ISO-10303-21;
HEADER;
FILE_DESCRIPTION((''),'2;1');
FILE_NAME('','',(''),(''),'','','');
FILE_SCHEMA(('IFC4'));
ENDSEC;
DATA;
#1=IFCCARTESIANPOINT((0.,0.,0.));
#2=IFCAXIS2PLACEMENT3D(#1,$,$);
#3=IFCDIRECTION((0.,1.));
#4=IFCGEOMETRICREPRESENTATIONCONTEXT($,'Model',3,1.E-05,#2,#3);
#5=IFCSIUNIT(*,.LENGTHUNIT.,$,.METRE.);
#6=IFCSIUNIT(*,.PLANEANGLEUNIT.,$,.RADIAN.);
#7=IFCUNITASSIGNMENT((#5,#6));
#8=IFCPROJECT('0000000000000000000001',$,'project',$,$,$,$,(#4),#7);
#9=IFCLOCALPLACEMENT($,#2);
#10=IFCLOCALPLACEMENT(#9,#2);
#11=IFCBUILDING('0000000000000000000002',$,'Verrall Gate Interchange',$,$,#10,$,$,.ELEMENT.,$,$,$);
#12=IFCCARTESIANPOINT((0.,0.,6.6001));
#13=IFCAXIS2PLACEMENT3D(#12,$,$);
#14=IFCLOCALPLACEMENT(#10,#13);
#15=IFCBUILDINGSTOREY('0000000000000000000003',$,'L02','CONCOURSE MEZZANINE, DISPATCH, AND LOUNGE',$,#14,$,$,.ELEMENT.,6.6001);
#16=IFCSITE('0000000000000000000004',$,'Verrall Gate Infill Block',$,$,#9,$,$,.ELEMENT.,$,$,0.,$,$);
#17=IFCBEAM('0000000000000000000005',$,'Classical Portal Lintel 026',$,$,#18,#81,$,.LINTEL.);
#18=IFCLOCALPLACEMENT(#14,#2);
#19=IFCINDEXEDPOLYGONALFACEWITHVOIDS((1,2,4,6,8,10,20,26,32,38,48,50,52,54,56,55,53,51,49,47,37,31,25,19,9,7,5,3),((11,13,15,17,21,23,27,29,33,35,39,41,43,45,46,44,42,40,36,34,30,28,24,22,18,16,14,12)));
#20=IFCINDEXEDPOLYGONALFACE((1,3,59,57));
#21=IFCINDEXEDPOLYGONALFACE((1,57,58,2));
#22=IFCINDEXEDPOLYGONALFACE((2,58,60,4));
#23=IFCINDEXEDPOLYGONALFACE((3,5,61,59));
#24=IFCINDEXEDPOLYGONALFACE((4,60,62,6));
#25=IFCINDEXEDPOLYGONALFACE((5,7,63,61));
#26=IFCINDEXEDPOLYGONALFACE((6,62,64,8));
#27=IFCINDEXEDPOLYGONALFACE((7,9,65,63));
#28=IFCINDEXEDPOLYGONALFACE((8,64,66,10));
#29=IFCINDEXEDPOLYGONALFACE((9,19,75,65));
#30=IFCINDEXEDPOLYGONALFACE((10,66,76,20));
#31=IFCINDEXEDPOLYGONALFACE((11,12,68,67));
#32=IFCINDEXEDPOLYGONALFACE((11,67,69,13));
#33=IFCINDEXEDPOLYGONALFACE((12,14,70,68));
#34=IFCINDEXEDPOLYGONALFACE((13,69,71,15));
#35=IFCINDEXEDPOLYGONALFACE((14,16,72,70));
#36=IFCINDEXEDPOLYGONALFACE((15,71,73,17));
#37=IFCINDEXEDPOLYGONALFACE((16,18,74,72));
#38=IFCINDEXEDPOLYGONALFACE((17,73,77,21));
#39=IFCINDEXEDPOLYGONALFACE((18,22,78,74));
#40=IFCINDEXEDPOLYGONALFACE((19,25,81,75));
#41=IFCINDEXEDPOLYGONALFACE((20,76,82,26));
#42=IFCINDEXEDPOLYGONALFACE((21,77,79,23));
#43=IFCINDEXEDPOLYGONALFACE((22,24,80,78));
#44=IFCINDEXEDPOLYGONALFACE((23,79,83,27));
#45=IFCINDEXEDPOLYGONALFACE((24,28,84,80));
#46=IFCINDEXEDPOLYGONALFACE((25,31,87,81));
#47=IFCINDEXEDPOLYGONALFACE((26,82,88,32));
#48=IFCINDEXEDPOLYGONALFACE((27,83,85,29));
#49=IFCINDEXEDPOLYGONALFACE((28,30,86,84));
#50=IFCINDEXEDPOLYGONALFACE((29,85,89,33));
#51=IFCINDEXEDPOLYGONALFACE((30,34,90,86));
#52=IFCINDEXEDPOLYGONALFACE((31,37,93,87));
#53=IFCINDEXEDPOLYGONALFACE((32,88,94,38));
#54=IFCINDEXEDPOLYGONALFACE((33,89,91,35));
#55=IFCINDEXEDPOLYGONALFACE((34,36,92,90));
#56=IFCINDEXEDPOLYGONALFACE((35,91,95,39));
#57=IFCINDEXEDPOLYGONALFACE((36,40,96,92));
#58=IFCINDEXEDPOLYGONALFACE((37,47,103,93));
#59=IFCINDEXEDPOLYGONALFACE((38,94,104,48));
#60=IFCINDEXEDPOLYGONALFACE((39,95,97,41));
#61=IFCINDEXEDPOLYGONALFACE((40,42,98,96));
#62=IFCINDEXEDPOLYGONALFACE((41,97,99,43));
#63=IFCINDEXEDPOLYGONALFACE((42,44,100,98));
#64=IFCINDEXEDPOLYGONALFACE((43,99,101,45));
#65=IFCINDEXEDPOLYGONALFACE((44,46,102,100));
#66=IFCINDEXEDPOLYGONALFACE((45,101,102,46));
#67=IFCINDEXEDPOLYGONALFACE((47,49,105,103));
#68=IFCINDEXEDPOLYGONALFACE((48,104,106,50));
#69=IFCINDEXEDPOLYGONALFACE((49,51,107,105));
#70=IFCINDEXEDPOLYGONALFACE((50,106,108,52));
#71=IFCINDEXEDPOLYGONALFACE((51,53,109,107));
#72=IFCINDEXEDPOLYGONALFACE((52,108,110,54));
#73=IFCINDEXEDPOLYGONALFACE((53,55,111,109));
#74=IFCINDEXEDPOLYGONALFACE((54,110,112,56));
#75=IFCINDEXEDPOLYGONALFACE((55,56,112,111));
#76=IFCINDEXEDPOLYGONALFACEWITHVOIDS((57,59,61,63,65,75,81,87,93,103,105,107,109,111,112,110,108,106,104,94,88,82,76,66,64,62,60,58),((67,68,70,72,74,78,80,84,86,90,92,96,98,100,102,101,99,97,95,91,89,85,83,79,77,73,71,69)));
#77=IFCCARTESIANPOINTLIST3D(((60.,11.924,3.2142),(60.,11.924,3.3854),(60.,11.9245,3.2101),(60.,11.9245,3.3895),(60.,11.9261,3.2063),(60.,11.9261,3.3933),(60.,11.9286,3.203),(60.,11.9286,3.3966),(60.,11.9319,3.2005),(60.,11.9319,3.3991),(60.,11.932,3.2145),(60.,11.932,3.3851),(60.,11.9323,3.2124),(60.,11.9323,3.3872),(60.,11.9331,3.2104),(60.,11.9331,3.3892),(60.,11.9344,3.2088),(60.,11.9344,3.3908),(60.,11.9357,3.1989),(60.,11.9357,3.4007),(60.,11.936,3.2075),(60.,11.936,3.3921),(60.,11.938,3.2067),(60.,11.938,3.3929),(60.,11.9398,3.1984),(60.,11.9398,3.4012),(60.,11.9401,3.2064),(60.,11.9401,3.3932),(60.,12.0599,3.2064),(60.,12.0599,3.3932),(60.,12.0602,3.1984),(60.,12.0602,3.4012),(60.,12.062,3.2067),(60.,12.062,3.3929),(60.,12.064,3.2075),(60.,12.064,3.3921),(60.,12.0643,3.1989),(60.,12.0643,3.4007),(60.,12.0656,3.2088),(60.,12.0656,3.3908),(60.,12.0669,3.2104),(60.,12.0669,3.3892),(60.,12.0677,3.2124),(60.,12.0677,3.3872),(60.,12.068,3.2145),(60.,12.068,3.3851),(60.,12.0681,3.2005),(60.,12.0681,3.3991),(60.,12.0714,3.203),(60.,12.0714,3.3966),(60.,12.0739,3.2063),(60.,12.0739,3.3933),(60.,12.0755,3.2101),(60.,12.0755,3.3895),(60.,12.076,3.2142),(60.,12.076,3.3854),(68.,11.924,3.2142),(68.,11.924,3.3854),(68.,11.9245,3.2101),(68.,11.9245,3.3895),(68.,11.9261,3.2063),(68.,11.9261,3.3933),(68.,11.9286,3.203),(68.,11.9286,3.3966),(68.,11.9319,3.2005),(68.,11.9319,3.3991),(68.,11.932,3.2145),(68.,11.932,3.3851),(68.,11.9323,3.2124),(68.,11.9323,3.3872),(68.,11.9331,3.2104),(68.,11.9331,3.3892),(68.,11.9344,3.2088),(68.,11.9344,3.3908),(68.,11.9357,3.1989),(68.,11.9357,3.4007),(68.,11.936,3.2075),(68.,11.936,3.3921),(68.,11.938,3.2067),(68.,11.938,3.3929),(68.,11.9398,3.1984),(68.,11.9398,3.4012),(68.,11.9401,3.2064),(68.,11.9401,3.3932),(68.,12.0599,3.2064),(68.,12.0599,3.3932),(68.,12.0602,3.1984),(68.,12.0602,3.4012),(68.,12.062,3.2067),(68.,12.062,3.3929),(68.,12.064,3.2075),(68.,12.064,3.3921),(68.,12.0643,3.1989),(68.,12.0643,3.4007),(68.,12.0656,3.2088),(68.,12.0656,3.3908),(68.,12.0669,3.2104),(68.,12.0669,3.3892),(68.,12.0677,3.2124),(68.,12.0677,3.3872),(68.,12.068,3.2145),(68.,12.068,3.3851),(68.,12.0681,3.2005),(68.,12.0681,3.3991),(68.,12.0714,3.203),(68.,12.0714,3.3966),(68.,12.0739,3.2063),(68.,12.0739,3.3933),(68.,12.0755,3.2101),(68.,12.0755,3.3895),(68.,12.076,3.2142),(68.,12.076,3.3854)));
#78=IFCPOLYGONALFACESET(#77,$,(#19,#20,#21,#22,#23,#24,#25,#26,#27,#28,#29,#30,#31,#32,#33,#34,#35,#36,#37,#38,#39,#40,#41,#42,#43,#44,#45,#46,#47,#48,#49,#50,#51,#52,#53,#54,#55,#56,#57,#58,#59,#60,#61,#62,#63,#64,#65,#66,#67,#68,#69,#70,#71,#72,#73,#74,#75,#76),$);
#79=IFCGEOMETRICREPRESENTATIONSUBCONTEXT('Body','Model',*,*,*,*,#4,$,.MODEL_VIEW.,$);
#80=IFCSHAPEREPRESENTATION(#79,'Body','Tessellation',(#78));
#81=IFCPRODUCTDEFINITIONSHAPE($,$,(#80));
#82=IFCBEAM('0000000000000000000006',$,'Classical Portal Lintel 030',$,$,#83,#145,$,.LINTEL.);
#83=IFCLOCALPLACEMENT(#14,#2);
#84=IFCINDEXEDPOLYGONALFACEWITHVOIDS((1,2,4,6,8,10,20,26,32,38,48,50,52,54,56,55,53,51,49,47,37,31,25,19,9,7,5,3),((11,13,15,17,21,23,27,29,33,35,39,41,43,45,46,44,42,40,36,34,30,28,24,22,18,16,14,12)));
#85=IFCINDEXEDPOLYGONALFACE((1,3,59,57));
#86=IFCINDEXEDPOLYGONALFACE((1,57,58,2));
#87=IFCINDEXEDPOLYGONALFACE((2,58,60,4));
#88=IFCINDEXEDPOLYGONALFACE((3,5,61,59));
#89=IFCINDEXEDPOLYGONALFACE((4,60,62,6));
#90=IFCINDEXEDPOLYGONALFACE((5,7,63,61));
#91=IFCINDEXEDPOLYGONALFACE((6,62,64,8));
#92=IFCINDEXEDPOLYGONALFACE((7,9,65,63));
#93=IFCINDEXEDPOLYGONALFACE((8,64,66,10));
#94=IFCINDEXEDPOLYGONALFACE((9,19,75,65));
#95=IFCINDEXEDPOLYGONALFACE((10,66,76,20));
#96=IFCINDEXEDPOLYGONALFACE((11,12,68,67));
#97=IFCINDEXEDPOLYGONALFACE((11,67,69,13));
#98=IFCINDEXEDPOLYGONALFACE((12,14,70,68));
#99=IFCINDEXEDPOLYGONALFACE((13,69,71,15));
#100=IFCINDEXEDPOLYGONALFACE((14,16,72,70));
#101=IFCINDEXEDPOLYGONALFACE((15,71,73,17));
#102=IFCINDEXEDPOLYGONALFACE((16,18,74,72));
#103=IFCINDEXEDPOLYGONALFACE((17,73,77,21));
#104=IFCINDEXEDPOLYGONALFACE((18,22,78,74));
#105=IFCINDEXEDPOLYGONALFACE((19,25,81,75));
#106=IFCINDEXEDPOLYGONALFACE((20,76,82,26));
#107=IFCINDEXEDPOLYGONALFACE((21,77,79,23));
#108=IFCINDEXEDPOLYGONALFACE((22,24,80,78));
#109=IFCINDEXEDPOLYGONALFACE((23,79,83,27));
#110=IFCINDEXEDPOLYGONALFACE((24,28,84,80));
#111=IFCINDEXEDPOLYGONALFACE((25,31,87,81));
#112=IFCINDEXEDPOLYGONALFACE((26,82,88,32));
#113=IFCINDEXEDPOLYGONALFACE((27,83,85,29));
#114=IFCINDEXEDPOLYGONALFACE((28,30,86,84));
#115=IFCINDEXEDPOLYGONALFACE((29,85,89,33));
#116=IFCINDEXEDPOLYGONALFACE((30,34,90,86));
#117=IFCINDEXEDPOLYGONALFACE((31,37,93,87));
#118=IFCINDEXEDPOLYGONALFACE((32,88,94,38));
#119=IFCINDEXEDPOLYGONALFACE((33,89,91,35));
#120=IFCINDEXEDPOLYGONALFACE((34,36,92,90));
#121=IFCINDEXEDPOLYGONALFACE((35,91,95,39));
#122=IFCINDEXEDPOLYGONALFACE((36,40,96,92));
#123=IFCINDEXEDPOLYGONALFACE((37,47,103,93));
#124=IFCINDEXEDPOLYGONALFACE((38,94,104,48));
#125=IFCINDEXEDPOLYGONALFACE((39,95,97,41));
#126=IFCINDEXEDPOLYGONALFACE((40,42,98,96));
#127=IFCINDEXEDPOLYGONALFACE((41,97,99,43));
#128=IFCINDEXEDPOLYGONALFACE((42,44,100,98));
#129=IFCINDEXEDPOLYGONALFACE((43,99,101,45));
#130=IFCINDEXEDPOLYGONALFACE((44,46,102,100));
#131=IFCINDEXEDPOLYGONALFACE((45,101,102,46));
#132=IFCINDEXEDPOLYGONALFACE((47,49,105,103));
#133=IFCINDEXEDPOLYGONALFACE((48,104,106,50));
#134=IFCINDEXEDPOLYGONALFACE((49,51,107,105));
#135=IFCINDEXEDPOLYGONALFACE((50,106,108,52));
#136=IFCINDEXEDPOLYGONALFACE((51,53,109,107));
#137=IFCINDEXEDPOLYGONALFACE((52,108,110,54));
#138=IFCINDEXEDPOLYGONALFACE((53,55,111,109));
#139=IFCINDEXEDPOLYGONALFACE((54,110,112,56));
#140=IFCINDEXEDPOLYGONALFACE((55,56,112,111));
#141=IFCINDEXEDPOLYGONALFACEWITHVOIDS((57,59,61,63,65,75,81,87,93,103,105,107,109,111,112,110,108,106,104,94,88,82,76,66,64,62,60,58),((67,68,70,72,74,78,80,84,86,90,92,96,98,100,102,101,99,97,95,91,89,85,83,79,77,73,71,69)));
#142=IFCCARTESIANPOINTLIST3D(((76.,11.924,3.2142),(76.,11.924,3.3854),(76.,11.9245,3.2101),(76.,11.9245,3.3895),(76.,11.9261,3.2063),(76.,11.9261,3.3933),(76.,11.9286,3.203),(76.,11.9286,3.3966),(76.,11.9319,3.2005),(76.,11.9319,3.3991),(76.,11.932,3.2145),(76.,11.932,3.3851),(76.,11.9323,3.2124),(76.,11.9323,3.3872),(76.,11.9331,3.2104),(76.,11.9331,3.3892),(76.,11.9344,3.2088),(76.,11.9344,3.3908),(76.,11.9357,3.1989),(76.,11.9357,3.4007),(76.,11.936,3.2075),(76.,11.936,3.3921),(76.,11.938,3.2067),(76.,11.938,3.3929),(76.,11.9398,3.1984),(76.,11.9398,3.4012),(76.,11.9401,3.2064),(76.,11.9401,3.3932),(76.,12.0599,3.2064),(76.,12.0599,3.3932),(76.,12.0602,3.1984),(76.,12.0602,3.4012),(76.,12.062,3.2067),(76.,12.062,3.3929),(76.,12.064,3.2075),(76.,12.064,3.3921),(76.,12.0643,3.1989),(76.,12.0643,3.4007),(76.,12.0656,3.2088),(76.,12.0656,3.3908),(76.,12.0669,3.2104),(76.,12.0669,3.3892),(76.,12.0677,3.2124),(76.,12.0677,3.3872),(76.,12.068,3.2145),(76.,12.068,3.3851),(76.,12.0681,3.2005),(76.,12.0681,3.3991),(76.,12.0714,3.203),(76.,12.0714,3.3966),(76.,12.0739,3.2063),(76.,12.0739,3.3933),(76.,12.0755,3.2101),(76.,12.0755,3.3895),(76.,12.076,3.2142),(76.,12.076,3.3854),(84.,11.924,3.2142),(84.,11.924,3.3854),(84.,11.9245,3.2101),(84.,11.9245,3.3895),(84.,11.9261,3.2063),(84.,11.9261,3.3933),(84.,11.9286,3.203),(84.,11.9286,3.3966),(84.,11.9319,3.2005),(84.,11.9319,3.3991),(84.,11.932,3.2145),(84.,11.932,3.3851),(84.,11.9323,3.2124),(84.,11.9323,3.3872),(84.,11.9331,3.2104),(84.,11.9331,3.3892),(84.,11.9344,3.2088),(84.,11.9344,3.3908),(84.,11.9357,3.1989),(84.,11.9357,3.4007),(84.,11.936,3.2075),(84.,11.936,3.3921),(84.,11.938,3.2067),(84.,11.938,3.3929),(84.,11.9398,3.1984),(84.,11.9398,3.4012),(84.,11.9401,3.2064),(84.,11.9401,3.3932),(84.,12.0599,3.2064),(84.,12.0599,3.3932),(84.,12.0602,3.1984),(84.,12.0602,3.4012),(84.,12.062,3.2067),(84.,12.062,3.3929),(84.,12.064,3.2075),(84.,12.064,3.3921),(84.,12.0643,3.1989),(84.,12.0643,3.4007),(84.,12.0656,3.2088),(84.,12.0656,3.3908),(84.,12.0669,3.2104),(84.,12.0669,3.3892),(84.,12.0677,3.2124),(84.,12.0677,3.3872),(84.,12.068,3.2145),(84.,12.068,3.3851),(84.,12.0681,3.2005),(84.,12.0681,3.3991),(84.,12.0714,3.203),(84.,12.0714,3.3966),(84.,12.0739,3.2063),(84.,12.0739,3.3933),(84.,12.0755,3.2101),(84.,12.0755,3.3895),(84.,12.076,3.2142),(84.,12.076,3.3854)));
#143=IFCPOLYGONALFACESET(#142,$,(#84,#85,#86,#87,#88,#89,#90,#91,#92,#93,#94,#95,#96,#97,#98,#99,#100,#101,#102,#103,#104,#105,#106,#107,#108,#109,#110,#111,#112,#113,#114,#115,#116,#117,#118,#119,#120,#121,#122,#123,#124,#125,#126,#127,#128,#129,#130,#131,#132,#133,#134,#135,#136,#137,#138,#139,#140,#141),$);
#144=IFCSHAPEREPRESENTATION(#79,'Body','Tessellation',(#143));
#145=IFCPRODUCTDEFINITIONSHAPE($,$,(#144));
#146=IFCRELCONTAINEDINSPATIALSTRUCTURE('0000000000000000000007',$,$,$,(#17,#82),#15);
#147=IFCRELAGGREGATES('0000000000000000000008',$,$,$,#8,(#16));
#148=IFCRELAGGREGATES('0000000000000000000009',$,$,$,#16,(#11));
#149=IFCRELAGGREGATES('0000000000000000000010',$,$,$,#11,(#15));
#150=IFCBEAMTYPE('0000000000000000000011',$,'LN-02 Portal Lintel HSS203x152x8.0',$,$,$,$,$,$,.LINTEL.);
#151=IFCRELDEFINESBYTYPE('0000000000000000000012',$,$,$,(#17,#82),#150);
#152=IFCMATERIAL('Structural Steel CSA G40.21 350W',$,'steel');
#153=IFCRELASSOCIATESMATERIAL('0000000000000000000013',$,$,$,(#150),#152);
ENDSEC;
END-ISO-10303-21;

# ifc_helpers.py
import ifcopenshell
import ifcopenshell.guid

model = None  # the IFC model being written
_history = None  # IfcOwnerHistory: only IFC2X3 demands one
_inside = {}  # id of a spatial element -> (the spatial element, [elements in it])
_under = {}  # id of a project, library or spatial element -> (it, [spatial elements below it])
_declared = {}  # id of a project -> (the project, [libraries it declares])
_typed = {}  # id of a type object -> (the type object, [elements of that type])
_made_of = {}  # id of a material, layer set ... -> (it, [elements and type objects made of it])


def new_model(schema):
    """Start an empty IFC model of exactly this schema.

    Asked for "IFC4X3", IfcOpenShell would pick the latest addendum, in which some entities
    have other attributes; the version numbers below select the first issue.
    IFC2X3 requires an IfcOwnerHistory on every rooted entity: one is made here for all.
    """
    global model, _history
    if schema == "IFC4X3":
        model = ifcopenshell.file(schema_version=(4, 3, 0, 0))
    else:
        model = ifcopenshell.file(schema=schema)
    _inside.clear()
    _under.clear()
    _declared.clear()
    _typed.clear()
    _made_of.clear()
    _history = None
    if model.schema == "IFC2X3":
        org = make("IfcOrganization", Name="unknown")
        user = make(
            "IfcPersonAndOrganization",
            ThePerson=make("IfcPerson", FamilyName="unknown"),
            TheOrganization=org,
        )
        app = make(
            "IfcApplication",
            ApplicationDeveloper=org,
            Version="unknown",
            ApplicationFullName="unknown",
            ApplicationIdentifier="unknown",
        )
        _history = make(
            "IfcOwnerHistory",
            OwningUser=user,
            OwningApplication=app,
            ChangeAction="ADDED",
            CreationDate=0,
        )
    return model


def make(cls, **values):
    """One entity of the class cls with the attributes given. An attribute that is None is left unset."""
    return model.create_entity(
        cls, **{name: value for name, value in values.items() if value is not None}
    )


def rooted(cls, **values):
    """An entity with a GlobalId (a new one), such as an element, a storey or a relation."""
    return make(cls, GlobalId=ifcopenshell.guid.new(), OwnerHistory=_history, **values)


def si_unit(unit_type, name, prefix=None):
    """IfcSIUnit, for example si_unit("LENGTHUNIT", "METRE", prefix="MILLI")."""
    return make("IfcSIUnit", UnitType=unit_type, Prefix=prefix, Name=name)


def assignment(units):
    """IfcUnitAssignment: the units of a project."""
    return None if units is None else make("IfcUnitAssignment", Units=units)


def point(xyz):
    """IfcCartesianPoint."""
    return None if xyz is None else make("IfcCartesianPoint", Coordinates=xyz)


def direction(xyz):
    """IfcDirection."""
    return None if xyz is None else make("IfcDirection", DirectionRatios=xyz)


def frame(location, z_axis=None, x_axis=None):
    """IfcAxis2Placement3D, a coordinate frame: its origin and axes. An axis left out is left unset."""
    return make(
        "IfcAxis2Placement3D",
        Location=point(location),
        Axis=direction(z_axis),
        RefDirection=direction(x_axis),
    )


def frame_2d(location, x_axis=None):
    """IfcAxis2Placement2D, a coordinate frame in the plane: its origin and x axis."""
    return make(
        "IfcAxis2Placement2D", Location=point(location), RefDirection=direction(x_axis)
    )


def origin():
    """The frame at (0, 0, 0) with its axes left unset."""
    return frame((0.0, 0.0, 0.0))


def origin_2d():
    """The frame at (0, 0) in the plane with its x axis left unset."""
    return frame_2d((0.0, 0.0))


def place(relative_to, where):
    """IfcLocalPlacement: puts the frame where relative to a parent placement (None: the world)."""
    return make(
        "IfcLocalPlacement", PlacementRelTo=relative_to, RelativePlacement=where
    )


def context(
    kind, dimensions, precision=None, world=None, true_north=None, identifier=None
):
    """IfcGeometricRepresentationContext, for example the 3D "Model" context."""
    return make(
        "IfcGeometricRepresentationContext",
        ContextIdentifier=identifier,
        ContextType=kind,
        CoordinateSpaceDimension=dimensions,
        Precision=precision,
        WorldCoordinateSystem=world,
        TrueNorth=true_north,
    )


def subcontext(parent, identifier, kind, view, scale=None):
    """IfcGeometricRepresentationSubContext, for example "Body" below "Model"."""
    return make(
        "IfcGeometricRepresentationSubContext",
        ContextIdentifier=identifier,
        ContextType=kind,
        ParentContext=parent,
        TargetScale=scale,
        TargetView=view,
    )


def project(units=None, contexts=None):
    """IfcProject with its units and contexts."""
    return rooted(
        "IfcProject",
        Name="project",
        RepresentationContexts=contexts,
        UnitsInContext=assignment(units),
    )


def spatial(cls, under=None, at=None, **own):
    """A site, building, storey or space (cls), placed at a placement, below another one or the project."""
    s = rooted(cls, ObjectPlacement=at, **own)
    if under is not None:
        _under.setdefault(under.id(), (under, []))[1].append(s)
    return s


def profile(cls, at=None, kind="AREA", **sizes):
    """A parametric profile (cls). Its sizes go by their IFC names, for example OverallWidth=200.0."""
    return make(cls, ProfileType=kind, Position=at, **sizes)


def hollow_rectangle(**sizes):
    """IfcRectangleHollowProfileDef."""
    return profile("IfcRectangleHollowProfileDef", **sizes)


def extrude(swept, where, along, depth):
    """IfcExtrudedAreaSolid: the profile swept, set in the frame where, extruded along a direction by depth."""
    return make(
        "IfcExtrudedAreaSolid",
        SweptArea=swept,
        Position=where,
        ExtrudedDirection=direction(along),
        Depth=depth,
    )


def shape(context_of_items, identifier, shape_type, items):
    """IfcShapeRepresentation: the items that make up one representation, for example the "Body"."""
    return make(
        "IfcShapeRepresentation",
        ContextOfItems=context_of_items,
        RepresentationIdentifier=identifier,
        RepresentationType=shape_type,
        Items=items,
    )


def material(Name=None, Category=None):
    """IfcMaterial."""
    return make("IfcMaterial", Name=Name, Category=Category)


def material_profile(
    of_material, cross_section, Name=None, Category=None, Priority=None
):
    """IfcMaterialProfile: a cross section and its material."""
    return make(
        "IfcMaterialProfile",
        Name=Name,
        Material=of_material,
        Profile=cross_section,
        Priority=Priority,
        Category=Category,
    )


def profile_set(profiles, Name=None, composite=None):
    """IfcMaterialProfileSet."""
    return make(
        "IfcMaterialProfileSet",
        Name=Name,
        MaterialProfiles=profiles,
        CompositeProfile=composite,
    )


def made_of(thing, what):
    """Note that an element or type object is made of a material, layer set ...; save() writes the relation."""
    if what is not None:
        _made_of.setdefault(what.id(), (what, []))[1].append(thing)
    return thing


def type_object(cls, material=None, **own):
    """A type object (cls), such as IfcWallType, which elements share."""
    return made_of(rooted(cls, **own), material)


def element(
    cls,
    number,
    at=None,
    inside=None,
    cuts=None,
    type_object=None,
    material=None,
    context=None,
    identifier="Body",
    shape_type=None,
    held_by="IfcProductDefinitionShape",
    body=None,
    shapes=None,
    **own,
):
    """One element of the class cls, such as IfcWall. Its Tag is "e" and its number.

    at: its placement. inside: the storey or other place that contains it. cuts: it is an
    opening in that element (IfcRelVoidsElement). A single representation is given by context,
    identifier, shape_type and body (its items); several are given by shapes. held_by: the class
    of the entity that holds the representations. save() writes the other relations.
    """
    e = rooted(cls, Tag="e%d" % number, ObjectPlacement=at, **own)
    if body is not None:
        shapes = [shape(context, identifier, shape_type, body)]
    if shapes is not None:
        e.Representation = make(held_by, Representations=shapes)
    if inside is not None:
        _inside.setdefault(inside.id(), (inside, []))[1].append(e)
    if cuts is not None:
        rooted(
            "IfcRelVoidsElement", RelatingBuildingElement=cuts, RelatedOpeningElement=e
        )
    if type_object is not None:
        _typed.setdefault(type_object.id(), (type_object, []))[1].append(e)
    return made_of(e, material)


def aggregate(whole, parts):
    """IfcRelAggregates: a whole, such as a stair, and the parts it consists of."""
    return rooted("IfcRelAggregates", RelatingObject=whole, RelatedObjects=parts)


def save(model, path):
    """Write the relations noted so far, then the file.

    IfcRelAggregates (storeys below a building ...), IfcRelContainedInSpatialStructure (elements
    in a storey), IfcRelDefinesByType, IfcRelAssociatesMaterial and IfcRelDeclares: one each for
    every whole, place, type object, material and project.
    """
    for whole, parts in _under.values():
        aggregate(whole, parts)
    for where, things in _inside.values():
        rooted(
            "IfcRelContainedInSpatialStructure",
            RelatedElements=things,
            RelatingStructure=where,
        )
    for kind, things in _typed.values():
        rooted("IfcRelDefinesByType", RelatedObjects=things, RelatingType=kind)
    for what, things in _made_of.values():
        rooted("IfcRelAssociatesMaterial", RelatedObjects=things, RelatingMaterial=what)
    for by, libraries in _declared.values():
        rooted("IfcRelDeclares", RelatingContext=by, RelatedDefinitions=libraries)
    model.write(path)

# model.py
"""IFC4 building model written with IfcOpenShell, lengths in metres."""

from ifc_helpers import new_model, si_unit, direction, frame, origin, origin_2d, place, context, subcontext, project, spatial, hollow_rectangle, extrude, material, material_profile, profile_set, type_object, element, save


model = new_model("IFC4")

# Units and contexts
model_context = context("Model", 3, precision=1e-05, world=origin(), true_north=direction((0.0, 1.0)))
body_context = subcontext(model_context, "Body", "Model", "MODEL_VIEW")
ifc_project = project(units=[si_unit("LENGTHUNIT", "METRE"), si_unit("PLANEANGLEUNIT", "RADIAN")], contexts=[model_context])

# Site, building, storey
site_placement = place(None, origin())
site = spatial("IfcSite", under=ifc_project, at=site_placement, Name="Verrall Gate Infill Block", CompositionType="ELEMENT", RefElevation=0.0)
building_placement = place(site_placement, origin())
building = spatial("IfcBuilding", under=site, at=building_placement, Name="Verrall Gate Interchange", CompositionType="ELEMENT")
storey_placement = place(building_placement, frame((0.0, 0.0, 6.6001)))
storey = spatial("IfcBuildingStorey", under=building, at=storey_placement, Name="L02", Description="CONCOURSE MEZZANINE, DISPATCH, AND LOUNGE", CompositionType="ELEMENT", Elevation=6.6001)

# Beams
ifc_material_1 = material(Name="Structural Steel CSA G40.21 350W", Category="steel")
ifc_material_profile_1 = material_profile(ifc_material_1, hollow_rectangle(XDim=0.1521, YDim=0.2029, WallThickness=0.0081, InnerFilletRadius=0.0081, OuterFilletRadius=0.0159, at=origin_2d()), Name="HSS203x152x8.0")
ifc_profile_set_1 = profile_set([ifc_material_profile_1], Name="Structural Steel CSA G40.21 350W")
beam_type_1 = type_object("IfcBeamType", Name="LN-02 Portal Lintel HSS203x152x8.0", PredefinedType="LINTEL", material=ifc_profile_set_1)
for number, where, z_axis, x_axis, name in (
    (1, (60.0, 12.0, 3.2998), (1.0, 0.0, 0.0), (0.0, 1.0, 0.0), "Classical Portal Lintel 026"),
    (2, (76.0, 12.0, 3.2998), (1.0, 0.0, 0.0), (0.0, 1.0, 0.0), "Classical Portal Lintel 030"),
):
    element("IfcBeam", number, at=place(storey_placement, frame(where, z_axis=z_axis, x_axis=x_axis)), inside=storey, type_object=beam_type_1, Name=name, PredefinedType="LINTEL", context=body_context, shape_type="SweptSolid", body=[
        extrude(hollow_rectangle(XDim=0.1521, YDim=0.2029, WallThickness=0.0081, InnerFilletRadius=0.0081, OuterFilletRadius=0.0159, at=origin_2d()), origin(), (0.0, 0.0, 1.0), 8.0),
    ])

save(model, "model.ifc")
